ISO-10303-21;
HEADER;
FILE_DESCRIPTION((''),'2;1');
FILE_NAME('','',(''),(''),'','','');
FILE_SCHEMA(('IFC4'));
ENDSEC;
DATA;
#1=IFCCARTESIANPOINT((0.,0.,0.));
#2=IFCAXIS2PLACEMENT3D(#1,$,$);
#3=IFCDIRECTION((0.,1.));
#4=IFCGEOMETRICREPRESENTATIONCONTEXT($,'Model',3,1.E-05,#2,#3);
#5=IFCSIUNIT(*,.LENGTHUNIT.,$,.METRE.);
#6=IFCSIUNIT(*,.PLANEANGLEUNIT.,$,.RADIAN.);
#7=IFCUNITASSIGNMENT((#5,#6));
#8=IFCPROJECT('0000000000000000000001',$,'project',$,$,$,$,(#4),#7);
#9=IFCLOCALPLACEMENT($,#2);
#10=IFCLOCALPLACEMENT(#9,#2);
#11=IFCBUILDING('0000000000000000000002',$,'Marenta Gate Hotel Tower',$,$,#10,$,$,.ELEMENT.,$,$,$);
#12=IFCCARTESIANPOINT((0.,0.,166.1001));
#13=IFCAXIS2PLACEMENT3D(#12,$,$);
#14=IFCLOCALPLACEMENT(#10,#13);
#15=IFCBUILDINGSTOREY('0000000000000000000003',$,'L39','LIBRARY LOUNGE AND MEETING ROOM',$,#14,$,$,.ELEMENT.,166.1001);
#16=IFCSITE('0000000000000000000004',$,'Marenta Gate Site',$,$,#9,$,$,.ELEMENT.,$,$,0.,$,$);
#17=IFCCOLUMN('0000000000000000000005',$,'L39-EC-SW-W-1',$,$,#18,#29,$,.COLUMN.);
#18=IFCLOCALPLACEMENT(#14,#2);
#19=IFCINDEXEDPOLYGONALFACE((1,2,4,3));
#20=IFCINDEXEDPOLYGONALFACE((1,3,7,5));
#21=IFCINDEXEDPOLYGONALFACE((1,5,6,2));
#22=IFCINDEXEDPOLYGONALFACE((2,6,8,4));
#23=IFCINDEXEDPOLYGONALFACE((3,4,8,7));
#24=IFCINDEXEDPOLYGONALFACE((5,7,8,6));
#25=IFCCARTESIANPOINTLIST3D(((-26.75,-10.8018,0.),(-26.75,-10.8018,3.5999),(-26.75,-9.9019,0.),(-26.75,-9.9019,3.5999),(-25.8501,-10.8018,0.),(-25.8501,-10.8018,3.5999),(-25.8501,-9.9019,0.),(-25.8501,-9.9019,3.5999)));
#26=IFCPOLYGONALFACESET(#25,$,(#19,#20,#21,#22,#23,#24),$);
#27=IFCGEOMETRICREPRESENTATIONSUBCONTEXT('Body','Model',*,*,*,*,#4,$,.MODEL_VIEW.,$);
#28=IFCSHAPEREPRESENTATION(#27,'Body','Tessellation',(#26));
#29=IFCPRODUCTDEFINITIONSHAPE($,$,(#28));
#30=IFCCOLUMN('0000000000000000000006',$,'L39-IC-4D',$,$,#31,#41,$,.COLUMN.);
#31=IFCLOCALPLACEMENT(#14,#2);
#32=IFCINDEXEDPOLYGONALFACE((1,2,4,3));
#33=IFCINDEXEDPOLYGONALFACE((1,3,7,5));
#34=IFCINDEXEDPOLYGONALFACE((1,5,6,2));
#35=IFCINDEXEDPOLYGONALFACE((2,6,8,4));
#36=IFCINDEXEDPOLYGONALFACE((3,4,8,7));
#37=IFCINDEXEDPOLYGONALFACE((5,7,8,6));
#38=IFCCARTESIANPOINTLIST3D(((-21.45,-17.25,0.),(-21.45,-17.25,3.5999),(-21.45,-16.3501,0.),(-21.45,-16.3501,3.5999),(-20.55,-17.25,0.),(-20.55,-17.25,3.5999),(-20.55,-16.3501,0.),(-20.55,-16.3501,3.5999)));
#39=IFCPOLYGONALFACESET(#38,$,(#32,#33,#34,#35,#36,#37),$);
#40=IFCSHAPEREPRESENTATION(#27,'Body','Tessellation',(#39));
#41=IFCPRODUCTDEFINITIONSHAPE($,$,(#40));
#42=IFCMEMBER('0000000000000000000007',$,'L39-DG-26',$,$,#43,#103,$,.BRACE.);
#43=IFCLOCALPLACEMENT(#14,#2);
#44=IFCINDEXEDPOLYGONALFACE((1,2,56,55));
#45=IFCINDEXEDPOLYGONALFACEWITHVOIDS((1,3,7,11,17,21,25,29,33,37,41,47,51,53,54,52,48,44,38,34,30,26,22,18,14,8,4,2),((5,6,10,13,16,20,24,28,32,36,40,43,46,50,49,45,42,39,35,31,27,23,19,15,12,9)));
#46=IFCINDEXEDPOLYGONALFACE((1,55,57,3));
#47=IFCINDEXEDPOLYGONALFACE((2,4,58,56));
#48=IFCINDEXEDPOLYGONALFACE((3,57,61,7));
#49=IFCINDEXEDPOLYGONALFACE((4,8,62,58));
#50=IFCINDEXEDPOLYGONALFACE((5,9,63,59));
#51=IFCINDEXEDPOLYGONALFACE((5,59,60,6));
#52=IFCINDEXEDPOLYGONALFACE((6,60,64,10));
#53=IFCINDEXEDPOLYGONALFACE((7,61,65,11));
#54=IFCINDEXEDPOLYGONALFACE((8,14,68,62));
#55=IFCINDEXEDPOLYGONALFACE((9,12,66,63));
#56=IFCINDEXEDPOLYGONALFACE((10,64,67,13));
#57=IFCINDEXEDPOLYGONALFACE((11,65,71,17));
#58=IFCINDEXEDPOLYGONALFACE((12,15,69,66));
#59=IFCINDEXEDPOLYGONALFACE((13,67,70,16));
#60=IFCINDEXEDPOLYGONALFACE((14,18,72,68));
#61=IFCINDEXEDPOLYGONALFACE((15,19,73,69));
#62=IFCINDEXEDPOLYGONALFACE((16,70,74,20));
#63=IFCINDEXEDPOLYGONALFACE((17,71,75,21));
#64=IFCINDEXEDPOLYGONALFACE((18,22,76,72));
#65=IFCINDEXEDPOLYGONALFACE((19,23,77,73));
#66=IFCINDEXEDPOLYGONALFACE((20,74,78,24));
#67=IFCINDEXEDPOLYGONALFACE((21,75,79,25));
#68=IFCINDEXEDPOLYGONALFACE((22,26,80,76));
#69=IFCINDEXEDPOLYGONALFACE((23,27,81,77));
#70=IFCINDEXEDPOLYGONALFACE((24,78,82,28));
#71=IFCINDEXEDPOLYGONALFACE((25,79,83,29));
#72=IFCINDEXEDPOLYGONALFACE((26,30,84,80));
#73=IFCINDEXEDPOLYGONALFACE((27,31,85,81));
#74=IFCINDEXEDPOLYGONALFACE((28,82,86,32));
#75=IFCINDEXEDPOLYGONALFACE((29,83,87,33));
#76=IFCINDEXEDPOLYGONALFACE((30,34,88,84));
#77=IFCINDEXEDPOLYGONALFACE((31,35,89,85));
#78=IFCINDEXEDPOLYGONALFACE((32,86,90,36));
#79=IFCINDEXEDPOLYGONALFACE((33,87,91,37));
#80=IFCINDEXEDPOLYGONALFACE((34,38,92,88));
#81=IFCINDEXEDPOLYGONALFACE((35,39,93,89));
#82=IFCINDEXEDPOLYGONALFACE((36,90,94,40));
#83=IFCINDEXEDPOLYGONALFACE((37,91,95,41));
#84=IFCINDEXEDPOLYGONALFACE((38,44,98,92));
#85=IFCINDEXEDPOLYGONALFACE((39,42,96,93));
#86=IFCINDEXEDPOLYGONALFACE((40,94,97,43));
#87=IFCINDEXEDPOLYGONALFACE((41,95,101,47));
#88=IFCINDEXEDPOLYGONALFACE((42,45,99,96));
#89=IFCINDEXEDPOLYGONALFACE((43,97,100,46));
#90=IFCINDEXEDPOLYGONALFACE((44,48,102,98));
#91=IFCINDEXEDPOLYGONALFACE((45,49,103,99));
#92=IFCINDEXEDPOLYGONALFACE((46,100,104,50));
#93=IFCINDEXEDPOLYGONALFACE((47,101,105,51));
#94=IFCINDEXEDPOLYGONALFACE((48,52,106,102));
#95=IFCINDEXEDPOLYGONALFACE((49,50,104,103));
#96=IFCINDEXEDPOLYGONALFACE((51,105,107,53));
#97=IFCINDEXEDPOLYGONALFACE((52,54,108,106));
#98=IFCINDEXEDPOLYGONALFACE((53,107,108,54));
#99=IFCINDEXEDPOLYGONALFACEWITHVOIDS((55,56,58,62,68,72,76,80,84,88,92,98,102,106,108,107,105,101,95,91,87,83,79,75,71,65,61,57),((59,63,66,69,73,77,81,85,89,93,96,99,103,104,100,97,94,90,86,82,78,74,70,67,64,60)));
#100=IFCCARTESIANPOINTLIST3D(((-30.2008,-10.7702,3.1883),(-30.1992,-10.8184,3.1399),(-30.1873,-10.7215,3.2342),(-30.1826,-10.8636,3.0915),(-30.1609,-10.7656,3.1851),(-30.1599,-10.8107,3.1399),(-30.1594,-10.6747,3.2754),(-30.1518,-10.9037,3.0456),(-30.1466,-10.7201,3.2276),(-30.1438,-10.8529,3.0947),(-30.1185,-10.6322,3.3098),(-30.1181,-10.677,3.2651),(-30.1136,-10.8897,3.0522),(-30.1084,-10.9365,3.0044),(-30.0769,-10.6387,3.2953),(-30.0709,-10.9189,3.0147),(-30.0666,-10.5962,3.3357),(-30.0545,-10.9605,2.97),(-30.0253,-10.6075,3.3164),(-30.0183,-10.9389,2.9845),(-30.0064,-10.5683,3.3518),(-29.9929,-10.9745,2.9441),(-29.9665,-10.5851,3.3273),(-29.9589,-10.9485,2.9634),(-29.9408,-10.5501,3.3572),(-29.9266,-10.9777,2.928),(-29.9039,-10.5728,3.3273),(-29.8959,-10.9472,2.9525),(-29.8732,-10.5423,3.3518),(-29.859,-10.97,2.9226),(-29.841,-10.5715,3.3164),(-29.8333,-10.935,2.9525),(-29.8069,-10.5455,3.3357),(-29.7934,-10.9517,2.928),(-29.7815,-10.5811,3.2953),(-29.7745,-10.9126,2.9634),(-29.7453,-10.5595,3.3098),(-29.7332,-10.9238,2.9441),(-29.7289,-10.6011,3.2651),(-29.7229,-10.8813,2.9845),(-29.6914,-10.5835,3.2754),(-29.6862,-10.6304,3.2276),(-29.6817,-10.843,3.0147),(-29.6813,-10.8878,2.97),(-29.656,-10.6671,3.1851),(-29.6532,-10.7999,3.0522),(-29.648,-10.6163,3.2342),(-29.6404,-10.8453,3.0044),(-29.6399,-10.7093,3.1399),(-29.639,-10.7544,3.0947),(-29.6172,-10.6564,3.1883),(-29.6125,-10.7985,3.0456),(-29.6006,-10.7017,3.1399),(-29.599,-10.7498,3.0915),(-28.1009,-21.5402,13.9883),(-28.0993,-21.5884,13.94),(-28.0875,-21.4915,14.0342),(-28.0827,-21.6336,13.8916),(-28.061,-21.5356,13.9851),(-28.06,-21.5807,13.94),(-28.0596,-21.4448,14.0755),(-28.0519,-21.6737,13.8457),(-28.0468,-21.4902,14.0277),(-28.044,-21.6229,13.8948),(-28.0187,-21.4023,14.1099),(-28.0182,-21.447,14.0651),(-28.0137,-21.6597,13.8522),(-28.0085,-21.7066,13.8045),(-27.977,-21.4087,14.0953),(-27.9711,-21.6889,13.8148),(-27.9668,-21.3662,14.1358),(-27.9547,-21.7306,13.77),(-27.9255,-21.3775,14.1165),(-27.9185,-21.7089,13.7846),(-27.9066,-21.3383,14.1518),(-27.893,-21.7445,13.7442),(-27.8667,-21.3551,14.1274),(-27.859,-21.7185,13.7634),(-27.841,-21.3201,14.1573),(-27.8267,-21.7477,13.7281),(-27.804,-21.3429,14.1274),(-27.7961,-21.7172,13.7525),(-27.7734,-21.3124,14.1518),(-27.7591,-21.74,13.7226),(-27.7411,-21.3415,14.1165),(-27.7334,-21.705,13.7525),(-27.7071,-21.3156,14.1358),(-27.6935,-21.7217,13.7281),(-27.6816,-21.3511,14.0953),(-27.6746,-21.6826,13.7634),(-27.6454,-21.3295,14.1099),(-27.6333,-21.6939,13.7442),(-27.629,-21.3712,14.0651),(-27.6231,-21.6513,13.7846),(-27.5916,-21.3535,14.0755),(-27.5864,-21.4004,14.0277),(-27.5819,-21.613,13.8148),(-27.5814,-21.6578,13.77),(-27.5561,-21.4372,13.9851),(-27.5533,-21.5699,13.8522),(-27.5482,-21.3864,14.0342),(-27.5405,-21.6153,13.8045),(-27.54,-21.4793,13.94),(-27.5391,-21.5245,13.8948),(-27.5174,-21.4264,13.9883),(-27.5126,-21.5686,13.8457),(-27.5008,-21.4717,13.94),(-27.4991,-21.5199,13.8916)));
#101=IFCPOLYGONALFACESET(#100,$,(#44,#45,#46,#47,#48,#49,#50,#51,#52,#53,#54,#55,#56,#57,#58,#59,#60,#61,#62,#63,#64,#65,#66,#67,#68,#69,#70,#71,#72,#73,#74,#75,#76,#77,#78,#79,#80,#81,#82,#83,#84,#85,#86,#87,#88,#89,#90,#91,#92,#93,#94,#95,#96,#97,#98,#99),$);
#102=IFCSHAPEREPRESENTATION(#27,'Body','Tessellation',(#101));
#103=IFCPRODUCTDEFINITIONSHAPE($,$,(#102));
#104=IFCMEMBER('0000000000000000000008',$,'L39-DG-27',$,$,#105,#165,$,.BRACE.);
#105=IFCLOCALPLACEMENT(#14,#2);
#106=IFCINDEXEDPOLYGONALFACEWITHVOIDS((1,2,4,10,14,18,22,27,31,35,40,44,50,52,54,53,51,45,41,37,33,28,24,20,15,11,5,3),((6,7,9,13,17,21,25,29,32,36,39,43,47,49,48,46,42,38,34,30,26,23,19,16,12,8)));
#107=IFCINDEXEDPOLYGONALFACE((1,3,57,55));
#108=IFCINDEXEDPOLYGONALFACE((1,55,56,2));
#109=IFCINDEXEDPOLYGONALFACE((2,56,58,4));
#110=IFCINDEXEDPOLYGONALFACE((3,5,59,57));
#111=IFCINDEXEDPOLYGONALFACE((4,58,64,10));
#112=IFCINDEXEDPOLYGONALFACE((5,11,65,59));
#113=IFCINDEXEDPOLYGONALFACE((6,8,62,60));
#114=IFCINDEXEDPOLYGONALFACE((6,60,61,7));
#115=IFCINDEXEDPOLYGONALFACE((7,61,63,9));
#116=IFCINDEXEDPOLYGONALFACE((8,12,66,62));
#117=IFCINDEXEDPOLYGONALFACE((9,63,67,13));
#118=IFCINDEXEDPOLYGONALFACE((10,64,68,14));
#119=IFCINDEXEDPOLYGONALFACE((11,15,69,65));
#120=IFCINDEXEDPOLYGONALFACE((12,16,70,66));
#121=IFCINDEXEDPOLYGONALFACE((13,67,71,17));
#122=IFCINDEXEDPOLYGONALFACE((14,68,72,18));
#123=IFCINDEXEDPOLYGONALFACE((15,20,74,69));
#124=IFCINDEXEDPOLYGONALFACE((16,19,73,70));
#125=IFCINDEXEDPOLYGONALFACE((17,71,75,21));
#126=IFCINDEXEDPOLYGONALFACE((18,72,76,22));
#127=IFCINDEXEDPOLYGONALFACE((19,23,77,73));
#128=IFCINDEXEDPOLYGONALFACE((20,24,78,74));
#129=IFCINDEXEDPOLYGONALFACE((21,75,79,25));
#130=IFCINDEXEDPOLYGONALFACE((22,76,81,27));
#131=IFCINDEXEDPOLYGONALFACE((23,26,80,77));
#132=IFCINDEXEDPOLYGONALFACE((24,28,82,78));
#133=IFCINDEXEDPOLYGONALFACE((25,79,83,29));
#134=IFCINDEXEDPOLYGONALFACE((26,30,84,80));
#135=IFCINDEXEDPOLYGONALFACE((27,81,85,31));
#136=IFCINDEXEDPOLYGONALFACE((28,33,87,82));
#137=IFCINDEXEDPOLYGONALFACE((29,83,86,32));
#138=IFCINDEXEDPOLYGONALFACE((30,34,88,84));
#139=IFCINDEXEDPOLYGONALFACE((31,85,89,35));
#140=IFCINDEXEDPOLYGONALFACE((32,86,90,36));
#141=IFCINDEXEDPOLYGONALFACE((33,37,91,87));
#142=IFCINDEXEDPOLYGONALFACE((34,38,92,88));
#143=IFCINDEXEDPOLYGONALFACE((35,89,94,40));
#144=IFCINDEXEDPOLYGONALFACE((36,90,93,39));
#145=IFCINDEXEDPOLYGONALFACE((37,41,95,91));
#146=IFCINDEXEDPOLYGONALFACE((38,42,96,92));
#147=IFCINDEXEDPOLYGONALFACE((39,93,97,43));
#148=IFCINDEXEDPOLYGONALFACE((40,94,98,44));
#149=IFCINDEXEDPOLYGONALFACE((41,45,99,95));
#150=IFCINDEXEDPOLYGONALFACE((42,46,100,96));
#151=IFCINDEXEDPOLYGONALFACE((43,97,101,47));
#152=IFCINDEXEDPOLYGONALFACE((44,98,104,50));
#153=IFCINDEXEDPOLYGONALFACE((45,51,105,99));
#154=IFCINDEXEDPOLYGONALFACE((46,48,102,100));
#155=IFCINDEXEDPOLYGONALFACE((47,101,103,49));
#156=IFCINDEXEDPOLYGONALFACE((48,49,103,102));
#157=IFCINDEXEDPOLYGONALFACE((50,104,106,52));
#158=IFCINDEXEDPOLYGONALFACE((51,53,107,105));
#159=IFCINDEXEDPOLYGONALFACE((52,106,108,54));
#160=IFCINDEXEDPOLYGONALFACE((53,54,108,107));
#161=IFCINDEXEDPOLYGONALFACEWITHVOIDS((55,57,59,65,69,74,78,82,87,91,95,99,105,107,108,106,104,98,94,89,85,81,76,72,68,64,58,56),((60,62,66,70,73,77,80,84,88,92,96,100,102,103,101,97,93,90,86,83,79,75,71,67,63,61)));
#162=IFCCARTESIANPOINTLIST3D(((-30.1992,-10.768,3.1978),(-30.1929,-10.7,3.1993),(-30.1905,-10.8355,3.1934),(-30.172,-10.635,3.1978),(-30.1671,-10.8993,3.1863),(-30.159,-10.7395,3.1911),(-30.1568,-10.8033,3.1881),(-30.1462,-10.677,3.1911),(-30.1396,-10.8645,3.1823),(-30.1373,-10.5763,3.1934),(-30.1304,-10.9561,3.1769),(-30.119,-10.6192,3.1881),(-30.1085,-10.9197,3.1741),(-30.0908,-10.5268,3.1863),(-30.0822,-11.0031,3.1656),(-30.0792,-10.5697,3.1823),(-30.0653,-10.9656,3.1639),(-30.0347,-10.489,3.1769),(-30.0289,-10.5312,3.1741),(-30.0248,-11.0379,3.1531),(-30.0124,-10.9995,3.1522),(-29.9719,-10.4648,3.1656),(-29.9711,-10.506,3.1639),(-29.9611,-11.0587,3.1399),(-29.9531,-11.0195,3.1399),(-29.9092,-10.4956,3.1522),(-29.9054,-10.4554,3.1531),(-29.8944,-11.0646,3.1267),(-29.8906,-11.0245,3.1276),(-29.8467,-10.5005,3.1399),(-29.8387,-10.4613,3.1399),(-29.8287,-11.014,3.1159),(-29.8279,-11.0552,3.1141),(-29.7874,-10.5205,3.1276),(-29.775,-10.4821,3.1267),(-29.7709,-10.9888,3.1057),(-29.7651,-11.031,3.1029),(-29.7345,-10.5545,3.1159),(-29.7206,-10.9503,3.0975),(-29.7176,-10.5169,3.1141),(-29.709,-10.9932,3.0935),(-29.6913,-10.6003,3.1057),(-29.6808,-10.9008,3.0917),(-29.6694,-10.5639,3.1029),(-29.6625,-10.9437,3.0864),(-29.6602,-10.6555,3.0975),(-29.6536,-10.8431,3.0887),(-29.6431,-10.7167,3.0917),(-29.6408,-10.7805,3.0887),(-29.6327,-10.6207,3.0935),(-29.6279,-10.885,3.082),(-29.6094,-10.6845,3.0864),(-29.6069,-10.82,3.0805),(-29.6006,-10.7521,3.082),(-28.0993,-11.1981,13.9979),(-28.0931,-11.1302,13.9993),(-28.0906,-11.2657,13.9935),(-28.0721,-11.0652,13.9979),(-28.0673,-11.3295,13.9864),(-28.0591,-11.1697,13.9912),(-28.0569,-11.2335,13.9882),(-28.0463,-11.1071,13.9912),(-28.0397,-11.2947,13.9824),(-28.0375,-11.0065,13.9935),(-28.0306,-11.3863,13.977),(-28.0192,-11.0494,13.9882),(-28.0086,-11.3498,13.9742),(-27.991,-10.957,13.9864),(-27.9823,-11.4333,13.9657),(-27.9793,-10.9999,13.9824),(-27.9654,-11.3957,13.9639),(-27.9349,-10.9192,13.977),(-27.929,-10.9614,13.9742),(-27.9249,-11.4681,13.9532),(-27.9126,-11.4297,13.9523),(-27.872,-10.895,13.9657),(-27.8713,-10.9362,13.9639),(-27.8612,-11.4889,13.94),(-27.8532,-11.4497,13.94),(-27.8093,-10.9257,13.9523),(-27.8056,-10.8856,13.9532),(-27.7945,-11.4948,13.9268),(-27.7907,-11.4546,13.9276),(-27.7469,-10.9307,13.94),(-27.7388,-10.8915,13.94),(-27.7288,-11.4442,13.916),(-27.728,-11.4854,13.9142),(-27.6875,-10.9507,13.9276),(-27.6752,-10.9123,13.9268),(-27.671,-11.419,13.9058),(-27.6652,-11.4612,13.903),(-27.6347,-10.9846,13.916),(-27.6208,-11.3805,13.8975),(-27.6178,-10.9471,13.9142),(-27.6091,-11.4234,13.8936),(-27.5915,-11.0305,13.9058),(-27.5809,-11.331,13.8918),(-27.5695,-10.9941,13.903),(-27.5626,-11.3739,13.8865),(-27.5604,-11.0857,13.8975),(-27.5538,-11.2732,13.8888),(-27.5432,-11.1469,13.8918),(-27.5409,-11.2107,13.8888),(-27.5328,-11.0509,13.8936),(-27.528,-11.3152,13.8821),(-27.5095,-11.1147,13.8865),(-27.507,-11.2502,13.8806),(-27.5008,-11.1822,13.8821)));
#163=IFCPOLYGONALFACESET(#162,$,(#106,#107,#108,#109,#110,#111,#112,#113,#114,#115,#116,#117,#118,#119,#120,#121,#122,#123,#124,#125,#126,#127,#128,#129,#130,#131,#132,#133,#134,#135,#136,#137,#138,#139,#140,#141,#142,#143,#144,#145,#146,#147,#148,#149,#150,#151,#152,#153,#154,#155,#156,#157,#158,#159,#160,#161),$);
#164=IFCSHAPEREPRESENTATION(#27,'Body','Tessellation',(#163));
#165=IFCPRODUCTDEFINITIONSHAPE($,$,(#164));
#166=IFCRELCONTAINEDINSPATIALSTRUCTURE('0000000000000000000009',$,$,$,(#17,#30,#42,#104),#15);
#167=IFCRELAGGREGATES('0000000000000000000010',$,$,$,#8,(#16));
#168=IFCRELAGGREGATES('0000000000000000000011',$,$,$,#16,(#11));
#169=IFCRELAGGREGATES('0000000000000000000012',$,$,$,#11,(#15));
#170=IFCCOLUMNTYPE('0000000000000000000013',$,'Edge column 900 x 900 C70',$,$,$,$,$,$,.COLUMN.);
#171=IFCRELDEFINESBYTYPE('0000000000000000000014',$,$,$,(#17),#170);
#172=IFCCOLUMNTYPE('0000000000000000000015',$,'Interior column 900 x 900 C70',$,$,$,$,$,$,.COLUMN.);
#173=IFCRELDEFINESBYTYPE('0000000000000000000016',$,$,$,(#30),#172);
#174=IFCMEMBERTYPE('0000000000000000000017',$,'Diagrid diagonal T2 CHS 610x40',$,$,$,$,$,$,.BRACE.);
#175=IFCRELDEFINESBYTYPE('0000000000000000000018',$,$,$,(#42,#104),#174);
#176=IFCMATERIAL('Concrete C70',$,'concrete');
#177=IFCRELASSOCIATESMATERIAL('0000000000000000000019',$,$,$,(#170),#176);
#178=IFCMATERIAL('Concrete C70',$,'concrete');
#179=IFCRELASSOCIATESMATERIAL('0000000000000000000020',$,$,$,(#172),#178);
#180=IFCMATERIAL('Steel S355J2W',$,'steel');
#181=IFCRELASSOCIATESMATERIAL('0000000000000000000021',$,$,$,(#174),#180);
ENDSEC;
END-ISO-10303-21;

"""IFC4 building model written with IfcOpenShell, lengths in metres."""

from ifc_helpers import new_model, si_unit, direction, frame, origin, origin_2d, place, context, subcontext, project, spatial, rectangle, hollow_circle, extrude, material, material_profile, profile_set, type_object, element, save


model = new_model("IFC4")

# Units and contexts
model_context = context("Model", 3, precision=1e-05, world=origin(), true_north=direction((0.0, 1.0)))
body_context = subcontext(model_context, "Body", "Model", "MODEL_VIEW")
ifc_project = project(units=[si_unit("LENGTHUNIT", "METRE"), si_unit("PLANEANGLEUNIT", "RADIAN")], contexts=[model_context])

# Site, building, storey
site_placement = place(None, origin())
site = spatial("IfcSite", under=ifc_project, at=site_placement, Name="Marenta Gate Site", CompositionType="ELEMENT", RefElevation=0.0)
building_placement = place(site_placement, origin())
building = spatial("IfcBuilding", under=site, at=building_placement, Name="Marenta Gate Hotel Tower", CompositionType="ELEMENT")
storey_placement = place(building_placement, frame((0.0, 0.0, 166.1001)))
storey = spatial("IfcBuildingStorey", under=building, at=storey_placement, Name="L39", Description="LIBRARY LOUNGE AND MEETING ROOM", CompositionType="ELEMENT", Elevation=166.1001)

# Columns
ifc_material_1 = material(Name="Concrete C70", Category="concrete")
ifc_material_profile_1 = material_profile(ifc_material_1, rectangle(XDim=0.8999, YDim=0.8999, at=origin_2d()), Name="900 x 900")
ifc_profile_set_1 = profile_set([ifc_material_profile_1], Name="Concrete C70")
column_type_1 = type_object("IfcColumnType", Name="Edge column 900 x 900 C70", PredefinedType="COLUMN", material=ifc_profile_set_1)
column_1_placement = place(storey_placement, frame((-26.3, -10.3518, 0.0), z_axis=(0.0, 0.0, 1.0), x_axis=(1.0, 0.0, 0.0)))
element("IfcColumn", 1, at=column_1_placement, inside=storey, type_object=column_type_1, Name="L39-EC-SW-W-1", PredefinedType="COLUMN", context=body_context, shape_type="SweptSolid", body=[
    extrude(rectangle(XDim=0.8999, YDim=0.8999, at=origin_2d()), origin(), (0.0, 0.0, 1.0), 3.5999),
])
ifc_material_2 = material(Name="Concrete C70", Category="concrete")
ifc_material_profile_2 = material_profile(ifc_material_2, rectangle(XDim=0.8999, YDim=0.8999, at=origin_2d()), Name="900 x 900")
ifc_profile_set_2 = profile_set([ifc_material_profile_2], Name="Concrete C70")
column_type_2 = type_object("IfcColumnType", Name="Interior column 900 x 900 C70", PredefinedType="COLUMN", material=ifc_profile_set_2)
column_2_placement = place(storey_placement, frame((-21.0, -16.8, 0.0), z_axis=(0.0, 0.0, 1.0), x_axis=(1.0, 0.0, 0.0)))
element("IfcColumn", 2, at=column_2_placement, inside=storey, type_object=column_type_2, Name="L39-IC-4D", PredefinedType="COLUMN", context=body_context, shape_type="SweptSolid", body=[
    extrude(rectangle(XDim=0.8999, YDim=0.8999, at=origin_2d()), origin(), (0.0, 0.0, 1.0), 3.5999),
])

# Members
ifc_material_3 = material(Name="Steel S355J2W", Category="steel")
ifc_material_profile_3 = material_profile(ifc_material_3, hollow_circle(Radius=0.3049, WallThickness=0.04, at=origin_2d()), Name="CHS 610x40")
ifc_profile_set_3 = profile_set([ifc_material_profile_3], Name="Steel S355J2W")
member_type_1 = type_object("IfcMemberType", Name="Diagrid diagonal T2 CHS 610x40", PredefinedType="BRACE", material=ifc_profile_set_3)
member_1_placement = place(storey_placement, frame((-29.8999, -10.76, 3.1399), z_axis=(0.136388, -0.699523, 0.701474), x_axis=(0.981518, 0.191369, 0.0)))
element("IfcMember", 3, at=member_1_placement, inside=storey, type_object=member_type_1, Name="L39-DG-26", PredefinedType="BRACE", context=body_context, shape_type="SweptSolid", body=[
    extrude(hollow_circle(Radius=0.3049, WallThickness=0.04, at=origin_2d()), origin(), (0.0, 0.0, 1.0), 15.3962),
])
member_2_placement = place(storey_placement, frame((-29.8999, -10.76, 3.1399), z_axis=(0.19071, -0.039069, 0.980869), x_axis=(0.200692, 0.979654, 0.0)))
element("IfcMember", 4, at=member_2_placement, inside=storey, type_object=member_type_1, Name="L39-DG-27", PredefinedType="BRACE", context=body_context, shape_type="SweptSolid", body=[
    extrude(hollow_circle(Radius=0.3049, WallThickness=0.04, at=origin_2d()), origin(), (0.0, 0.0, 1.0), 11.0107),
])

save(model, "model.ifc")
